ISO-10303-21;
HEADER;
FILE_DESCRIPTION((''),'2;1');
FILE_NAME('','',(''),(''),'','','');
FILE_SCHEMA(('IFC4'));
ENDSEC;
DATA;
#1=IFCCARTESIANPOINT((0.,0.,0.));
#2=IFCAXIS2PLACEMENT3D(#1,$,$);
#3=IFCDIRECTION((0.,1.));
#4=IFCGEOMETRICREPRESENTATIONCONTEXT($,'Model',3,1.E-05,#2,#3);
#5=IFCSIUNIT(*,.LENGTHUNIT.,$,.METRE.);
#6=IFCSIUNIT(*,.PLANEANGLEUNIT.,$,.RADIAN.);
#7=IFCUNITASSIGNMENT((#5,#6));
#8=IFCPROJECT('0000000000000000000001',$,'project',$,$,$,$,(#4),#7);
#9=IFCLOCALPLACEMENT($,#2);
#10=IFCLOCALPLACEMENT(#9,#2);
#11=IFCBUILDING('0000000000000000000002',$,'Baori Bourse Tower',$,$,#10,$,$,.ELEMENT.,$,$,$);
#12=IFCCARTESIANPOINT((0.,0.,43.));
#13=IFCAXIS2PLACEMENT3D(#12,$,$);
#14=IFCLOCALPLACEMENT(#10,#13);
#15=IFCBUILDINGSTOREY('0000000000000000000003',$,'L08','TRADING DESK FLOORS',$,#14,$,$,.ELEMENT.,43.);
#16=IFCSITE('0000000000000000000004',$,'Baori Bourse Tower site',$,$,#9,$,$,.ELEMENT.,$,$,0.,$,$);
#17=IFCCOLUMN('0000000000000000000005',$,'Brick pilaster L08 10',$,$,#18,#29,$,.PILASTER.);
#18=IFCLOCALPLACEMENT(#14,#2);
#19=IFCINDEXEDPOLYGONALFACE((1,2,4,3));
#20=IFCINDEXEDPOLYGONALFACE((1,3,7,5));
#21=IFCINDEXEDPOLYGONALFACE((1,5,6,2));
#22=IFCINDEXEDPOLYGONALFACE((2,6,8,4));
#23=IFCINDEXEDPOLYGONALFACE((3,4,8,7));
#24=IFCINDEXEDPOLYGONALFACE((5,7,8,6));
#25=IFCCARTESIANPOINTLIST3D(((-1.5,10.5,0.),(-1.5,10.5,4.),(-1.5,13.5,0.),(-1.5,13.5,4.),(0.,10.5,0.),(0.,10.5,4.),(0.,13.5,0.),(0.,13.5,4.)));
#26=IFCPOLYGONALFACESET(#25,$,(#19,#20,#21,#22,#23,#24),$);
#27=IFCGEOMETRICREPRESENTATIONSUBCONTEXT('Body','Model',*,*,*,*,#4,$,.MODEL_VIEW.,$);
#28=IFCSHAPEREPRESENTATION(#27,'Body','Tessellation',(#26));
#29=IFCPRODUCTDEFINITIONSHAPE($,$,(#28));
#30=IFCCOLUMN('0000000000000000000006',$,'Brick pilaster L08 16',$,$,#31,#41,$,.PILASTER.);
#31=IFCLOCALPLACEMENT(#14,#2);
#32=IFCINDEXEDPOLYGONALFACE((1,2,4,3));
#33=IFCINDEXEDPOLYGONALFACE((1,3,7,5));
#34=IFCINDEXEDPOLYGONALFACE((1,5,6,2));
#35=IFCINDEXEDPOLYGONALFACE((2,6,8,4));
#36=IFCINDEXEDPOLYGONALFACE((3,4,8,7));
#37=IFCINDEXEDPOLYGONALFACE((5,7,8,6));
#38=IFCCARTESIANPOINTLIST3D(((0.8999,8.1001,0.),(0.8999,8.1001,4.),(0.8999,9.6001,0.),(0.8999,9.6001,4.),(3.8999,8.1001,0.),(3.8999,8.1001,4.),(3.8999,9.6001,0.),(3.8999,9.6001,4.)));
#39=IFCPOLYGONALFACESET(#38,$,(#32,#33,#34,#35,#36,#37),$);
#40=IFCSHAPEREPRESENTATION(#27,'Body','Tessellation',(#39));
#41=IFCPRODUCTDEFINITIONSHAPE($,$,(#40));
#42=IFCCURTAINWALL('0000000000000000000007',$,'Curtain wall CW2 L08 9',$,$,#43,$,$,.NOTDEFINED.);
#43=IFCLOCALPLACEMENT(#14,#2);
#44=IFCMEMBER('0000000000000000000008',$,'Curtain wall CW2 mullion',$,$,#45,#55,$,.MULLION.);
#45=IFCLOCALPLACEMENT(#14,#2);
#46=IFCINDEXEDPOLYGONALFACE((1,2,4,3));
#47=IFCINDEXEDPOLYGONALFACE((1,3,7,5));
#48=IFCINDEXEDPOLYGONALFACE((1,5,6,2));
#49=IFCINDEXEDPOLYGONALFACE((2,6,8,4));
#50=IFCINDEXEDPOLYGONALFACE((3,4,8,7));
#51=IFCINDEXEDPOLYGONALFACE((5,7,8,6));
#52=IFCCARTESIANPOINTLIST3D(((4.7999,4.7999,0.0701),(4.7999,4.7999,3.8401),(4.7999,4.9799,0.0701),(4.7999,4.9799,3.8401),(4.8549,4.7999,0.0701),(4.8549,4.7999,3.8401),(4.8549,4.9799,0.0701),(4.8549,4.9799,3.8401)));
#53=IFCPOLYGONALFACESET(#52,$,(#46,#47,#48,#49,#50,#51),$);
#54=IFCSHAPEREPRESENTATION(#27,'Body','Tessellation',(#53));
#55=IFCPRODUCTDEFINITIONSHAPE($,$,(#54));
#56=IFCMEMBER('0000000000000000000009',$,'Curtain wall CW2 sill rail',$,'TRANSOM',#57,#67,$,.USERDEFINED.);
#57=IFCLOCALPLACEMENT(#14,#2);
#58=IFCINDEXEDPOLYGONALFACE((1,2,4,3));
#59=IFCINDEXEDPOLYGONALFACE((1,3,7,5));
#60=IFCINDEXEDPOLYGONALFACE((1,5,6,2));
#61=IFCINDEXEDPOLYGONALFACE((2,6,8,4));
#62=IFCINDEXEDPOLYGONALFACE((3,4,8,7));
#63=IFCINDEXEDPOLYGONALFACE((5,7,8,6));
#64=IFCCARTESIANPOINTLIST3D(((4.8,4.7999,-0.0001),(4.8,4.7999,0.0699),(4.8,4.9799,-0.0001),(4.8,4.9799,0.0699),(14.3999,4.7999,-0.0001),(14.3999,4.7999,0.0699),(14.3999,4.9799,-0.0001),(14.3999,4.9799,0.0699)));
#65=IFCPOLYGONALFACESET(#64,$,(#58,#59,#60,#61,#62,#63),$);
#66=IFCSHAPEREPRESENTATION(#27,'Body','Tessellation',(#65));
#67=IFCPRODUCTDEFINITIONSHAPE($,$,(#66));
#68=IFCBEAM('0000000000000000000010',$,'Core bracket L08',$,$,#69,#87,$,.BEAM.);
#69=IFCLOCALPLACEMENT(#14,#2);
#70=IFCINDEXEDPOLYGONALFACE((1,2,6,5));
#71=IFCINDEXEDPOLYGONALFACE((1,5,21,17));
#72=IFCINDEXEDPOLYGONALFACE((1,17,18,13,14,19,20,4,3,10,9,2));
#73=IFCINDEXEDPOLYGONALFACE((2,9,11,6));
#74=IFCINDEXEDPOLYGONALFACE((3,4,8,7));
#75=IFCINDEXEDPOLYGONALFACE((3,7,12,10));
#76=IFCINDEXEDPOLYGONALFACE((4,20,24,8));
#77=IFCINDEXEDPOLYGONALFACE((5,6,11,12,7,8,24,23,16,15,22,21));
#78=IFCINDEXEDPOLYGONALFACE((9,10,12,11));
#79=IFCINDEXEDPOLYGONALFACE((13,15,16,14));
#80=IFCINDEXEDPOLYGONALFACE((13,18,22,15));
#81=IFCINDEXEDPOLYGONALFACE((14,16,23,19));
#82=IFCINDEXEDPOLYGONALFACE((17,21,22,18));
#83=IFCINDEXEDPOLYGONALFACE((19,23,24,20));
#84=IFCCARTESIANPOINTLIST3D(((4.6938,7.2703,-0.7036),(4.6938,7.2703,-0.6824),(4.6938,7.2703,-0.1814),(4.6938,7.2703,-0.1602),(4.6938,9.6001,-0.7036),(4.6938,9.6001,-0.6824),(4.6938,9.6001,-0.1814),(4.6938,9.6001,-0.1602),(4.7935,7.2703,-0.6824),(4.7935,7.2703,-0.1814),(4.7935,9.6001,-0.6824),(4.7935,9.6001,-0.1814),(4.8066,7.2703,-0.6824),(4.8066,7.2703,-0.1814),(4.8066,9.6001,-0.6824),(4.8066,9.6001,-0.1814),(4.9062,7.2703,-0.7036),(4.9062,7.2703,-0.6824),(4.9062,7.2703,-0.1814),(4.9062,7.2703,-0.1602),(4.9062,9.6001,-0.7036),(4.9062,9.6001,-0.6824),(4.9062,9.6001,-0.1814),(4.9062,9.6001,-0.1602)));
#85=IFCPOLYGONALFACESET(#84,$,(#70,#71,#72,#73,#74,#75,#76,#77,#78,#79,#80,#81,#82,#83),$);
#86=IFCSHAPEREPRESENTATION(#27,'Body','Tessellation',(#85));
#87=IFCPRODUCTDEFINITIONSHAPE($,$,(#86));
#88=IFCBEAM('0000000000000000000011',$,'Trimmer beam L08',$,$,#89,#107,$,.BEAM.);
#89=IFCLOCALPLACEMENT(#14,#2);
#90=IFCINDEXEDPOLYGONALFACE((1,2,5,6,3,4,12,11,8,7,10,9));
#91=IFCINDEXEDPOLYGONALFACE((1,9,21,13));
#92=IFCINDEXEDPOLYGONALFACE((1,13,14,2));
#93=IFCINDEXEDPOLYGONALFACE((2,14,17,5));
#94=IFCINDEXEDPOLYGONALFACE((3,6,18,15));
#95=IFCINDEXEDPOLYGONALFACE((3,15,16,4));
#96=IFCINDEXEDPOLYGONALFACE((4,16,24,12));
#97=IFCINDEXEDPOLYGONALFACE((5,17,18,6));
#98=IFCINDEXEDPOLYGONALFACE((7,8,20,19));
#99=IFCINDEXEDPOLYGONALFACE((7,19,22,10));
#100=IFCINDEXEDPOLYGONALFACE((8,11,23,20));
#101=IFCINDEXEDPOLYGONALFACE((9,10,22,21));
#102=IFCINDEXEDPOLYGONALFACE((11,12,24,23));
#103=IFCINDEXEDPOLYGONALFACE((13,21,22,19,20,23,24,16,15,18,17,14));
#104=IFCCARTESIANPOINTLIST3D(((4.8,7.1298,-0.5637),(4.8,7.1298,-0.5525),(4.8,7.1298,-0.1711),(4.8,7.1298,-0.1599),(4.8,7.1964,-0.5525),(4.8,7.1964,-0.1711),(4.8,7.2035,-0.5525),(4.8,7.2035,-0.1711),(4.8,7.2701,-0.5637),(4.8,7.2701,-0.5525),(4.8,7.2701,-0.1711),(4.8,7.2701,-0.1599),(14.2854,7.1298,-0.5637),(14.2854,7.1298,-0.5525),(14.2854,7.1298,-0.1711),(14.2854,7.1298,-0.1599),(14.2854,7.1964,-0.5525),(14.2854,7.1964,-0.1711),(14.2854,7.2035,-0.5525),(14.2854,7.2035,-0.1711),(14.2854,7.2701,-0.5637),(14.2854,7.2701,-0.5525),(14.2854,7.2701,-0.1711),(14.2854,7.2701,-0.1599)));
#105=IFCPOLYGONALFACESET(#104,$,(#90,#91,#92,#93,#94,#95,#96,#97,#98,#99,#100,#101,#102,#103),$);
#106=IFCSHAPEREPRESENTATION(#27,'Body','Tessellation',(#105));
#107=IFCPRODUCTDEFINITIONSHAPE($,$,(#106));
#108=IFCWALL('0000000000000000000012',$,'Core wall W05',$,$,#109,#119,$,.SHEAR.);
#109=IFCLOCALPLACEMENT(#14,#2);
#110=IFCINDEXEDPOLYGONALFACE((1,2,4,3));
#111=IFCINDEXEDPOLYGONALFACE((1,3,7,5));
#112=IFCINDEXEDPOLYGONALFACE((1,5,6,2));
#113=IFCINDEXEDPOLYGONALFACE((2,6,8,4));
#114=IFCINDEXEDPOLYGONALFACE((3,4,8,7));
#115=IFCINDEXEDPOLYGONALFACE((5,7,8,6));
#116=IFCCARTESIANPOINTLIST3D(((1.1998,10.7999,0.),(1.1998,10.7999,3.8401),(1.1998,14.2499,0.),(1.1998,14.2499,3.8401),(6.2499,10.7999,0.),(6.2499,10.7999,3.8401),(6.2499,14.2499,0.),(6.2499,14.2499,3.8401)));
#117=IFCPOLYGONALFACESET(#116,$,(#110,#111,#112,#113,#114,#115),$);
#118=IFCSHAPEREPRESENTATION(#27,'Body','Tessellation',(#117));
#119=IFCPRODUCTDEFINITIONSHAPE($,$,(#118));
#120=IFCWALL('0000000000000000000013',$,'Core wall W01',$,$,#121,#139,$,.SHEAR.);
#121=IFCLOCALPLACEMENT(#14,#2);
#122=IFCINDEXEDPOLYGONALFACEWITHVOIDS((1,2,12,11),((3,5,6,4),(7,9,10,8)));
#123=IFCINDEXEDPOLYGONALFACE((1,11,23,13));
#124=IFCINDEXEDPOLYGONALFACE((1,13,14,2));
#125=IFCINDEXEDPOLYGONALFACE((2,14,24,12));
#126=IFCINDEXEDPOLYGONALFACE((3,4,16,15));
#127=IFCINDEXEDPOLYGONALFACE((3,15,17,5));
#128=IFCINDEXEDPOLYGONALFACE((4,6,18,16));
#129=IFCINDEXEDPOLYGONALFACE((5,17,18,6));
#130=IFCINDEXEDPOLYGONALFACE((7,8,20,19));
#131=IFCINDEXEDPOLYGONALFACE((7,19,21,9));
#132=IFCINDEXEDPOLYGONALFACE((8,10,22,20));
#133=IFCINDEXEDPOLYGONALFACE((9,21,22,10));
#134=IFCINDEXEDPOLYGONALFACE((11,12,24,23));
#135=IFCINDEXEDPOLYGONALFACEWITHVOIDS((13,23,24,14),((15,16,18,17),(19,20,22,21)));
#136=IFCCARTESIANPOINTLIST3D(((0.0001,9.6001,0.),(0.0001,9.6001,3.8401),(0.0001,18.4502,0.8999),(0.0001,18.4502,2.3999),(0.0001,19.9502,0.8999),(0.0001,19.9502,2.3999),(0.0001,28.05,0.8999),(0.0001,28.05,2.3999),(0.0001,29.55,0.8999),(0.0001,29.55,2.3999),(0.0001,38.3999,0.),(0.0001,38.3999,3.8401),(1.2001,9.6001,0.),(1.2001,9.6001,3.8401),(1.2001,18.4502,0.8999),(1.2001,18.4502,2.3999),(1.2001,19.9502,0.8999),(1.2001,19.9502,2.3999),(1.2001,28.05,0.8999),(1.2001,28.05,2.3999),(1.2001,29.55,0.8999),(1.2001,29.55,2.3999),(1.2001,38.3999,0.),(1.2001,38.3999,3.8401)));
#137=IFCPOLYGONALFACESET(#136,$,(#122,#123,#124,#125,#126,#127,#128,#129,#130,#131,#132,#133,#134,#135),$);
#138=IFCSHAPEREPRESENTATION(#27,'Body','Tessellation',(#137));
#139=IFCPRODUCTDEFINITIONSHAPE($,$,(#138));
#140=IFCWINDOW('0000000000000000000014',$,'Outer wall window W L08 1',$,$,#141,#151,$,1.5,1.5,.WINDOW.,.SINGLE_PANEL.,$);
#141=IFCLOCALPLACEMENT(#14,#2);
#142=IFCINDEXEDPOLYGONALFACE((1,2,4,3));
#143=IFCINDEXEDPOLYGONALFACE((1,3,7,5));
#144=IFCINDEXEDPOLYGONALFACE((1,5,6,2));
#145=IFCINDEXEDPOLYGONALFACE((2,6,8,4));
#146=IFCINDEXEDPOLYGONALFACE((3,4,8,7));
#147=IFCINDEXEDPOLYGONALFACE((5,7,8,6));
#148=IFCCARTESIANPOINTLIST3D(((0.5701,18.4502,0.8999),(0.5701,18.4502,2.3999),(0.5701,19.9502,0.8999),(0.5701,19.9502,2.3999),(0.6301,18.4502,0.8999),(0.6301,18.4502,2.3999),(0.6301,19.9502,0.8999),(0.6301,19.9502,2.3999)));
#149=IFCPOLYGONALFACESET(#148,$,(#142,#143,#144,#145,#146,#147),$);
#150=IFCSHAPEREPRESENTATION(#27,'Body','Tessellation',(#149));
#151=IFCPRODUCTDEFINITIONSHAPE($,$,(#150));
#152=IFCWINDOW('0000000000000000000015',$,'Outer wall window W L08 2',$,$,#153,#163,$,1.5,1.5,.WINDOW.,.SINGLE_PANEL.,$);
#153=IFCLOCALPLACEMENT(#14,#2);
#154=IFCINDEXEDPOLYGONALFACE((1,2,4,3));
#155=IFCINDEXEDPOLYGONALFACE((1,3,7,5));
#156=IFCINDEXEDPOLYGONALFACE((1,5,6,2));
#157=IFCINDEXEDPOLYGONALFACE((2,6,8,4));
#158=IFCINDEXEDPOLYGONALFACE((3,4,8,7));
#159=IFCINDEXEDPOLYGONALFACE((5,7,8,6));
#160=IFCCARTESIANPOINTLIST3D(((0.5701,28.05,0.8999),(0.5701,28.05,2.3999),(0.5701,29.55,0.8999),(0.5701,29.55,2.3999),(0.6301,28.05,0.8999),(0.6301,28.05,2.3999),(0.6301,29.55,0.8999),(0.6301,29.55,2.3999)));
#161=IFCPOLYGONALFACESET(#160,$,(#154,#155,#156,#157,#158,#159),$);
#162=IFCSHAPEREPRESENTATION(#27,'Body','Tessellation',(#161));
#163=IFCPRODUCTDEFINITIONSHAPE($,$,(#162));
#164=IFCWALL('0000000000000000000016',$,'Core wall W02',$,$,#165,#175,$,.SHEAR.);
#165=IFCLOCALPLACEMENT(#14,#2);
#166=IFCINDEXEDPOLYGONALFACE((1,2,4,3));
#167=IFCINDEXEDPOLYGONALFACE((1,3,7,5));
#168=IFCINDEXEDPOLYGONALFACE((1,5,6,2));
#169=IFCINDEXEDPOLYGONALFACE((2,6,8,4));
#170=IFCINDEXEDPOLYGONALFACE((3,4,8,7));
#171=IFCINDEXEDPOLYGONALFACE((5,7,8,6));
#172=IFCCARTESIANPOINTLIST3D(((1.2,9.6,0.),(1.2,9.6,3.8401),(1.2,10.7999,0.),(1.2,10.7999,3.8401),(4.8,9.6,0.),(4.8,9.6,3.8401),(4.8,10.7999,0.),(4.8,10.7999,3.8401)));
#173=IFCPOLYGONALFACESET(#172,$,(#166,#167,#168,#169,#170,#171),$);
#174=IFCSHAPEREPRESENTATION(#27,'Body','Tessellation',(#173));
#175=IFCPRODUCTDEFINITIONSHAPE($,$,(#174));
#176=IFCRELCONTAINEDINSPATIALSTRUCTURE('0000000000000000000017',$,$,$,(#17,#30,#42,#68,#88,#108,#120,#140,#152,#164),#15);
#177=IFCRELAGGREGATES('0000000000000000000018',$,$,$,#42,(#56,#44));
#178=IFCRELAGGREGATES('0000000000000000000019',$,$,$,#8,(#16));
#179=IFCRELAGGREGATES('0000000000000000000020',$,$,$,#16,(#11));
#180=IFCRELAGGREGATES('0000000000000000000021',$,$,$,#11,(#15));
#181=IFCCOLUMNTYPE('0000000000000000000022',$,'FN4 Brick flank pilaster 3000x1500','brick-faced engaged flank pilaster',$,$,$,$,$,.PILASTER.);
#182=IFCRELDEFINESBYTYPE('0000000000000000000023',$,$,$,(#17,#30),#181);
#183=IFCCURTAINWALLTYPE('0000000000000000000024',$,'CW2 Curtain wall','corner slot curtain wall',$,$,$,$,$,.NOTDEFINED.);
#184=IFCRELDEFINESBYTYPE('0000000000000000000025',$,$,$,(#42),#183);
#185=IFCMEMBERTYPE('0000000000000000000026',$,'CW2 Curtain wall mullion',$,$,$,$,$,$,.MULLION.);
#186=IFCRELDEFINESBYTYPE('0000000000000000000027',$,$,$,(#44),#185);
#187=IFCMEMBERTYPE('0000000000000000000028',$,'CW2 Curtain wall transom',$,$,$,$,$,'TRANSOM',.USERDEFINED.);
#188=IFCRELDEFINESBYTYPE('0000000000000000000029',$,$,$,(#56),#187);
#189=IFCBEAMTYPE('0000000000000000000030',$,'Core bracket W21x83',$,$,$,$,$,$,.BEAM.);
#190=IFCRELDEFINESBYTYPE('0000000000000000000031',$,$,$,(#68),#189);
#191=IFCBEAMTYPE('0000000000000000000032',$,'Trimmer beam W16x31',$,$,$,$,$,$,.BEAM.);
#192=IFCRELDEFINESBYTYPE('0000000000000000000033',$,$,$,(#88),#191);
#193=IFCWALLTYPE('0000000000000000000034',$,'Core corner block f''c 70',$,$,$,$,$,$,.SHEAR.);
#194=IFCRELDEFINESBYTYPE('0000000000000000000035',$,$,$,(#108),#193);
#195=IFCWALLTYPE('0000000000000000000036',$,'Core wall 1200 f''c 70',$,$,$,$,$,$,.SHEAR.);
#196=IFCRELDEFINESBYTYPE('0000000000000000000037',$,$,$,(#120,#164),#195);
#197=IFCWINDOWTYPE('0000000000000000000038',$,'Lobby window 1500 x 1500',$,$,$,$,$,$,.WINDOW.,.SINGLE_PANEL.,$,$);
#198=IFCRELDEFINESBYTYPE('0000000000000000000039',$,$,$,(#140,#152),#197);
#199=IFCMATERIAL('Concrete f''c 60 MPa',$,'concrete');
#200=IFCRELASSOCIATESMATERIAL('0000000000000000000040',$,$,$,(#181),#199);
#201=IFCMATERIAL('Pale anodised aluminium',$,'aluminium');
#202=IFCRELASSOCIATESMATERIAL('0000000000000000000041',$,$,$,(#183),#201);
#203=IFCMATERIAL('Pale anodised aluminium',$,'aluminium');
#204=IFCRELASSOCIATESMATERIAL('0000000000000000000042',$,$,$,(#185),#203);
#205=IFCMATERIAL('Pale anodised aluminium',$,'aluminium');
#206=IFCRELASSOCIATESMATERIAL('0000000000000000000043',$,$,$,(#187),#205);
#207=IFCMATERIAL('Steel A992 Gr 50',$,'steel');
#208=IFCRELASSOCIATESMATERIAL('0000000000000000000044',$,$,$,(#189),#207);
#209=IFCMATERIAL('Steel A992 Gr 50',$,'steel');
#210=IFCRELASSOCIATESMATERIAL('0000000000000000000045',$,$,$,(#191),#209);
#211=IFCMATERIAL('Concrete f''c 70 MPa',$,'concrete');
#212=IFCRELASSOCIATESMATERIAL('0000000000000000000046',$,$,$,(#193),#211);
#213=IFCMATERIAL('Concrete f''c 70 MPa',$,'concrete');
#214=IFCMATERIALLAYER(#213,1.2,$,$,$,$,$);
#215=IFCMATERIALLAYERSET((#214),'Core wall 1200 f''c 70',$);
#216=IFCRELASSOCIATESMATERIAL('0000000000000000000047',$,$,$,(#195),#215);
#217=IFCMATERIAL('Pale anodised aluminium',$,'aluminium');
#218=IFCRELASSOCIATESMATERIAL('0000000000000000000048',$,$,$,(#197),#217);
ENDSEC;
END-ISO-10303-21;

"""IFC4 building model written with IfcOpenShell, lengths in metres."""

from ifc_helpers import new_model, si_unit, direction, frame, frame_2d, origin, origin_2d, place, context, subcontext, project, spatial, rectangle, i_section, extrude, material, layer, layer_set, material_profile, profile_set, type_object, element, fill, aggregate, save


model = new_model("IFC4")

# Units and contexts
model_context = context("Model", 3, precision=1e-05, world=origin(), true_north=direction((0.0, 1.0)))
body_context = subcontext(model_context, "Body", "Model", "MODEL_VIEW")
ifc_project = project(units=[si_unit("LENGTHUNIT", "METRE"), si_unit("PLANEANGLEUNIT", "RADIAN")], contexts=[model_context])

# Site, building, storey
site_placement = place(None, origin())
site = spatial("IfcSite", under=ifc_project, at=site_placement, Name="Baori Bourse Tower site", CompositionType="ELEMENT", RefElevation=0.0)
building_placement = place(site_placement, origin())
building = spatial("IfcBuilding", under=site, at=building_placement, Name="Baori Bourse Tower", CompositionType="ELEMENT")
storey_placement = place(building_placement, frame((0.0, 0.0, 43.0)))
storey = spatial("IfcBuildingStorey", under=building, at=storey_placement, Name="L08", Description="TRADING DESK FLOORS", CompositionType="ELEMENT", Elevation=43.0)

# Columns
ifc_material_1 = material(Name="Concrete f'c 60 MPa", Category="concrete")
ifc_material_profile_1 = material_profile(ifc_material_1, rectangle(XDim=3.0, YDim=1.5, at=origin_2d()), Name="RC 3000x1500")
ifc_profile_set_1 = profile_set([ifc_material_profile_1], Name="Concrete f'c 60 MPa")
column_type = type_object("IfcColumnType", Name="FN4 Brick flank pilaster 3000x1500", Description="brick-faced engaged flank pilaster", PredefinedType="PILASTER", material=ifc_profile_set_1)
for number, where, z_axis, x_axis, name in (
    (1, (-0.75, 12.0, 0.0), (0.0, 0.0, 1.0), (0.0, 1.0, 0.0), "Brick pilaster L08 10"),
    (2, (2.3999, 8.8501, 0.0), (0.0, 0.0, 1.0), (1.0, 0.0, 0.0), "Brick pilaster L08 16"),
):
    element("IfcColumn", number, at=place(storey_placement, frame(where, z_axis=z_axis, x_axis=x_axis)), inside=storey, type_object=column_type, Name=name, PredefinedType="PILASTER", context=body_context, shape_type="SweptSolid", body=[
        extrude(rectangle(XDim=3.0, YDim=1.5, at=origin_2d()), origin(), (0.0, 0.0, 1.0), 4.0),
    ])

# Curtain wall, members
ifc_material_2 = material(Name="Pale anodised aluminium", Category="aluminium")
curtain_wall_type = type_object("IfcCurtainWallType", Name="CW2 Curtain wall", Description="corner slot curtain wall", PredefinedType="NOTDEFINED", material=ifc_material_2)
curtain_wall_placement = place(storey_placement, origin())
curtain_wall = element("IfcCurtainWall", 3, at=curtain_wall_placement, inside=storey, type_object=curtain_wall_type, Name="Curtain wall CW2 L08 9", PredefinedType="NOTDEFINED")
ifc_material_3 = material(Name="Pale anodised aluminium", Category="aluminium")
ifc_material_profile_2 = material_profile(ifc_material_3, rectangle(XDim=0.1799, YDim=0.0549, at=origin_2d()), Name="Mullion 55x180")
ifc_profile_set_2 = profile_set([ifc_material_profile_2], Name="Pale anodised aluminium")
member_type_1 = type_object("IfcMemberType", Name="CW2 Curtain wall mullion", PredefinedType="MULLION", material=ifc_profile_set_2)
member_1_placement = place(storey_placement, frame((4.8274, 4.8899, 0.0701), z_axis=(0.0, 0.0, 1.0), x_axis=(0.0, 1.0, 0.0)))
member_1 = element("IfcMember", 4, at=member_1_placement, type_object=member_type_1, Name="Curtain wall CW2 mullion", PredefinedType="MULLION", context=body_context, shape_type="SweptSolid", body=[
    extrude(rectangle(XDim=0.1799, YDim=0.0549, at=origin_2d()), origin(), (0.0, 0.0, 1.0), 3.77),
])
ifc_material_4 = material(Name="Pale anodised aluminium", Category="aluminium")
ifc_material_profile_3 = material_profile(ifc_material_4, rectangle(XDim=0.1799, YDim=0.0701, at=origin_2d()), Name="Transom 70x180")
ifc_profile_set_3 = profile_set([ifc_material_profile_3], Name="Pale anodised aluminium")
member_type_2 = type_object("IfcMemberType", Name="CW2 Curtain wall transom", ElementType="TRANSOM", PredefinedType="USERDEFINED", material=ifc_profile_set_3)
member_2_placement = place(storey_placement, frame((4.8, 4.8899, 0.0349), z_axis=(1.0, 0.0, 0.0), x_axis=(0.0, 1.0, 0.0)))
member_2 = element("IfcMember", 5, at=member_2_placement, type_object=member_type_2, Name="Curtain wall CW2 sill rail", ObjectType="TRANSOM", PredefinedType="USERDEFINED", context=body_context, shape_type="SweptSolid", body=[
    extrude(rectangle(XDim=0.1799, YDim=0.0701, at=origin_2d()), origin(), (0.0, 0.0, 1.0), 9.5999),
])
aggregate(curtain_wall, [member_2, member_1])

# Beams
ifc_material_5 = material(Name="Steel A992 Gr 50", Category="steel")
ifc_material_profile_4 = material_profile(ifc_material_5, i_section(OverallWidth=0.2124, OverallDepth=0.5435, WebThickness=0.0132, FlangeThickness=0.0212, at=origin_2d()), Name="W21x83")
ifc_profile_set_4 = profile_set([ifc_material_profile_4], Name="Steel A992 Gr 50")
beam_type_1 = type_object("IfcBeamType", Name="Core bracket W21x83", PredefinedType="BEAM", material=ifc_profile_set_4)
beam_1_placement = place(storey_placement, frame((4.8, 7.2703, -0.4319), z_axis=(0.0, 1.0, 0.0), x_axis=(-1.0, 0.0, 0.0)))
element("IfcBeam", 6, at=beam_1_placement, inside=storey, type_object=beam_type_1, Name="Core bracket L08", PredefinedType="BEAM", context=body_context, shape_type="SweptSolid", body=[
    extrude(i_section(OverallWidth=0.2124, OverallDepth=0.5435, WebThickness=0.0132, FlangeThickness=0.0212, at=origin_2d()), origin(), (0.0, 0.0, 1.0), 2.3298),
])
ifc_material_6 = material(Name="Steel A992 Gr 50", Category="steel")
ifc_material_profile_5 = material_profile(ifc_material_6, i_section(OverallWidth=0.1404, OverallDepth=0.4038, WebThickness=0.0071, FlangeThickness=0.0112, at=origin_2d()), Name="W16x31")
ifc_profile_set_5 = profile_set([ifc_material_profile_5], Name="Steel A992 Gr 50")
beam_type_2 = type_object("IfcBeamType", Name="Trimmer beam W16x31", PredefinedType="BEAM", material=ifc_profile_set_5)
beam_2_placement = place(storey_placement, frame((4.8, 7.2, -0.3618), z_axis=(1.0, 0.0, 0.0), x_axis=(0.0, 1.0, 0.0)))
element("IfcBeam", 7, at=beam_2_placement, inside=storey, type_object=beam_type_2, Name="Trimmer beam L08", PredefinedType="BEAM", context=body_context, shape_type="SweptSolid", body=[
    extrude(i_section(OverallWidth=0.1404, OverallDepth=0.4038, WebThickness=0.0071, FlangeThickness=0.0112, at=origin_2d()), origin(), (0.0, 0.0, 1.0), 9.4854),
])

# Wall
ifc_material_7 = material(Name="Concrete f'c 70 MPa", Category="concrete")
wall_type_1 = type_object("IfcWallType", Name="Core corner block f'c 70", PredefinedType="SHEAR", material=ifc_material_7)
wall_1_placement = place(storey_placement, frame((1.2, 12.5249, 0.0), z_axis=(0.0, 0.0, 1.0), x_axis=(1.0, 0.0, 0.0)))
element("IfcWall", 8, at=wall_1_placement, inside=storey, type_object=wall_type_1, Name="Core wall W05", PredefinedType="SHEAR", context=body_context, shape_type="SweptSolid", body=[
    extrude(rectangle(XDim=5.05, YDim=3.45, at=frame_2d((2.5249, 0.0))), origin(), (0.0, 0.0, 1.0), 3.8401),
])

# Wall, openings, windows
ifc_material_8 = material(Name="Concrete f'c 70 MPa", Category="concrete")
ifc_layer_1 = layer(ifc_material_8, 1.2)
ifc_layer_set_1 = layer_set([ifc_layer_1], Name="Core wall 1200 f'c 70")
wall_type_2 = type_object("IfcWallType", Name="Core wall 1200 f'c 70", PredefinedType="SHEAR", material=ifc_layer_set_1)
wall_2_placement = place(storey_placement, frame((0.6001, 9.6001, 0.0), z_axis=(0.0, 0.0, 1.0), x_axis=(0.0, 1.0, 0.0)))
wall_2 = element("IfcWall", 9, at=wall_2_placement, inside=storey, type_object=wall_type_2, Name="Core wall W01", PredefinedType="SHEAR", context=body_context, shape_type="SweptSolid", body=[
    extrude(rectangle(XDim=28.7998, YDim=1.2, at=frame_2d((14.3999, 0.0))), origin(), (0.0, 0.0, 1.0), 3.8401),
])
opening_1_placement = place(wall_2_placement, frame((8.8501, 0.0, 0.8999)))
opening_1 = element("IfcOpeningElement", 10, at=opening_1_placement, cuts=wall_2, PredefinedType="OPENING", context=body_context, shape_type="SweptSolid", body=[
    extrude(rectangle(XDim=1.5, YDim=1.5, at=frame_2d((0.75, 0.75))), frame((0.0, 0.6099, 0.0), z_axis=(0.0, -1.0, 0.0), x_axis=(1.0, 0.0, 0.0)), (0.0, 0.0, 1.0), 1.22),
])
opening_2_placement = place(wall_2_placement, frame((18.45, 0.0, 0.8999)))
opening_2 = element("IfcOpeningElement", 11, at=opening_2_placement, cuts=wall_2, PredefinedType="OPENING", context=body_context, shape_type="SweptSolid", body=[
    extrude(rectangle(XDim=1.5, YDim=1.5, at=frame_2d((0.75, 0.75))), frame((0.0, 0.6099, 0.0), z_axis=(0.0, -1.0, 0.0), x_axis=(1.0, 0.0, 0.0)), (0.0, 0.0, 1.0), 1.22),
])
ifc_material_9 = material(Name="Pale anodised aluminium", Category="aluminium")
window_type = type_object("IfcWindowType", Name="Lobby window 1500 x 1500", PartitioningType="SINGLE_PANEL", PredefinedType="WINDOW", material=ifc_material_9)
window_1_placement = place(opening_1_placement, origin())
window_1 = element("IfcWindow", 12, at=window_1_placement, inside=storey, type_object=window_type, Name="Outer wall window W L08 1", OverallHeight=1.5, OverallWidth=1.5, PartitioningType="SINGLE_PANEL", PredefinedType="WINDOW", context=body_context, shape_type="SweptSolid", body=[
    extrude(rectangle(XDim=1.5, YDim=1.5, at=frame_2d((0.75, 0.75))), frame((0.0, 0.03, 0.0), z_axis=(0.0, -1.0, 0.0), x_axis=(1.0, 0.0, 0.0)), (0.0, 0.0, 1.0), 0.0601),
])
fill(opening_1, window_1)
window_2_placement = place(opening_2_placement, origin())
window_2 = element("IfcWindow", 13, at=window_2_placement, inside=storey, type_object=window_type, Name="Outer wall window W L08 2", OverallHeight=1.5, OverallWidth=1.5, PartitioningType="SINGLE_PANEL", PredefinedType="WINDOW", context=body_context, shape_type="SweptSolid", body=[
    extrude(rectangle(XDim=1.5, YDim=1.5, at=frame_2d((0.75, 0.75))), frame((0.0, 0.03, 0.0), z_axis=(0.0, -1.0, 0.0), x_axis=(1.0, 0.0, 0.0)), (0.0, 0.0, 1.0), 0.0601),
])
fill(opening_2, window_2)

# Wall
wall_3_placement = place(storey_placement, frame((4.8, 10.2, 0.0), z_axis=(0.0, 0.0, 1.0), x_axis=(-1.0, 0.0, 0.0)))
element("IfcWall", 14, at=wall_3_placement, inside=storey, type_object=wall_type_2, Name="Core wall W02", PredefinedType="SHEAR", context=body_context, shape_type="SweptSolid", body=[
    extrude(rectangle(XDim=3.6001, YDim=1.2, at=frame_2d((1.8, 0.0))), origin(), (0.0, 0.0, 1.0), 3.8401),
])

save(model, "model.ifc")
